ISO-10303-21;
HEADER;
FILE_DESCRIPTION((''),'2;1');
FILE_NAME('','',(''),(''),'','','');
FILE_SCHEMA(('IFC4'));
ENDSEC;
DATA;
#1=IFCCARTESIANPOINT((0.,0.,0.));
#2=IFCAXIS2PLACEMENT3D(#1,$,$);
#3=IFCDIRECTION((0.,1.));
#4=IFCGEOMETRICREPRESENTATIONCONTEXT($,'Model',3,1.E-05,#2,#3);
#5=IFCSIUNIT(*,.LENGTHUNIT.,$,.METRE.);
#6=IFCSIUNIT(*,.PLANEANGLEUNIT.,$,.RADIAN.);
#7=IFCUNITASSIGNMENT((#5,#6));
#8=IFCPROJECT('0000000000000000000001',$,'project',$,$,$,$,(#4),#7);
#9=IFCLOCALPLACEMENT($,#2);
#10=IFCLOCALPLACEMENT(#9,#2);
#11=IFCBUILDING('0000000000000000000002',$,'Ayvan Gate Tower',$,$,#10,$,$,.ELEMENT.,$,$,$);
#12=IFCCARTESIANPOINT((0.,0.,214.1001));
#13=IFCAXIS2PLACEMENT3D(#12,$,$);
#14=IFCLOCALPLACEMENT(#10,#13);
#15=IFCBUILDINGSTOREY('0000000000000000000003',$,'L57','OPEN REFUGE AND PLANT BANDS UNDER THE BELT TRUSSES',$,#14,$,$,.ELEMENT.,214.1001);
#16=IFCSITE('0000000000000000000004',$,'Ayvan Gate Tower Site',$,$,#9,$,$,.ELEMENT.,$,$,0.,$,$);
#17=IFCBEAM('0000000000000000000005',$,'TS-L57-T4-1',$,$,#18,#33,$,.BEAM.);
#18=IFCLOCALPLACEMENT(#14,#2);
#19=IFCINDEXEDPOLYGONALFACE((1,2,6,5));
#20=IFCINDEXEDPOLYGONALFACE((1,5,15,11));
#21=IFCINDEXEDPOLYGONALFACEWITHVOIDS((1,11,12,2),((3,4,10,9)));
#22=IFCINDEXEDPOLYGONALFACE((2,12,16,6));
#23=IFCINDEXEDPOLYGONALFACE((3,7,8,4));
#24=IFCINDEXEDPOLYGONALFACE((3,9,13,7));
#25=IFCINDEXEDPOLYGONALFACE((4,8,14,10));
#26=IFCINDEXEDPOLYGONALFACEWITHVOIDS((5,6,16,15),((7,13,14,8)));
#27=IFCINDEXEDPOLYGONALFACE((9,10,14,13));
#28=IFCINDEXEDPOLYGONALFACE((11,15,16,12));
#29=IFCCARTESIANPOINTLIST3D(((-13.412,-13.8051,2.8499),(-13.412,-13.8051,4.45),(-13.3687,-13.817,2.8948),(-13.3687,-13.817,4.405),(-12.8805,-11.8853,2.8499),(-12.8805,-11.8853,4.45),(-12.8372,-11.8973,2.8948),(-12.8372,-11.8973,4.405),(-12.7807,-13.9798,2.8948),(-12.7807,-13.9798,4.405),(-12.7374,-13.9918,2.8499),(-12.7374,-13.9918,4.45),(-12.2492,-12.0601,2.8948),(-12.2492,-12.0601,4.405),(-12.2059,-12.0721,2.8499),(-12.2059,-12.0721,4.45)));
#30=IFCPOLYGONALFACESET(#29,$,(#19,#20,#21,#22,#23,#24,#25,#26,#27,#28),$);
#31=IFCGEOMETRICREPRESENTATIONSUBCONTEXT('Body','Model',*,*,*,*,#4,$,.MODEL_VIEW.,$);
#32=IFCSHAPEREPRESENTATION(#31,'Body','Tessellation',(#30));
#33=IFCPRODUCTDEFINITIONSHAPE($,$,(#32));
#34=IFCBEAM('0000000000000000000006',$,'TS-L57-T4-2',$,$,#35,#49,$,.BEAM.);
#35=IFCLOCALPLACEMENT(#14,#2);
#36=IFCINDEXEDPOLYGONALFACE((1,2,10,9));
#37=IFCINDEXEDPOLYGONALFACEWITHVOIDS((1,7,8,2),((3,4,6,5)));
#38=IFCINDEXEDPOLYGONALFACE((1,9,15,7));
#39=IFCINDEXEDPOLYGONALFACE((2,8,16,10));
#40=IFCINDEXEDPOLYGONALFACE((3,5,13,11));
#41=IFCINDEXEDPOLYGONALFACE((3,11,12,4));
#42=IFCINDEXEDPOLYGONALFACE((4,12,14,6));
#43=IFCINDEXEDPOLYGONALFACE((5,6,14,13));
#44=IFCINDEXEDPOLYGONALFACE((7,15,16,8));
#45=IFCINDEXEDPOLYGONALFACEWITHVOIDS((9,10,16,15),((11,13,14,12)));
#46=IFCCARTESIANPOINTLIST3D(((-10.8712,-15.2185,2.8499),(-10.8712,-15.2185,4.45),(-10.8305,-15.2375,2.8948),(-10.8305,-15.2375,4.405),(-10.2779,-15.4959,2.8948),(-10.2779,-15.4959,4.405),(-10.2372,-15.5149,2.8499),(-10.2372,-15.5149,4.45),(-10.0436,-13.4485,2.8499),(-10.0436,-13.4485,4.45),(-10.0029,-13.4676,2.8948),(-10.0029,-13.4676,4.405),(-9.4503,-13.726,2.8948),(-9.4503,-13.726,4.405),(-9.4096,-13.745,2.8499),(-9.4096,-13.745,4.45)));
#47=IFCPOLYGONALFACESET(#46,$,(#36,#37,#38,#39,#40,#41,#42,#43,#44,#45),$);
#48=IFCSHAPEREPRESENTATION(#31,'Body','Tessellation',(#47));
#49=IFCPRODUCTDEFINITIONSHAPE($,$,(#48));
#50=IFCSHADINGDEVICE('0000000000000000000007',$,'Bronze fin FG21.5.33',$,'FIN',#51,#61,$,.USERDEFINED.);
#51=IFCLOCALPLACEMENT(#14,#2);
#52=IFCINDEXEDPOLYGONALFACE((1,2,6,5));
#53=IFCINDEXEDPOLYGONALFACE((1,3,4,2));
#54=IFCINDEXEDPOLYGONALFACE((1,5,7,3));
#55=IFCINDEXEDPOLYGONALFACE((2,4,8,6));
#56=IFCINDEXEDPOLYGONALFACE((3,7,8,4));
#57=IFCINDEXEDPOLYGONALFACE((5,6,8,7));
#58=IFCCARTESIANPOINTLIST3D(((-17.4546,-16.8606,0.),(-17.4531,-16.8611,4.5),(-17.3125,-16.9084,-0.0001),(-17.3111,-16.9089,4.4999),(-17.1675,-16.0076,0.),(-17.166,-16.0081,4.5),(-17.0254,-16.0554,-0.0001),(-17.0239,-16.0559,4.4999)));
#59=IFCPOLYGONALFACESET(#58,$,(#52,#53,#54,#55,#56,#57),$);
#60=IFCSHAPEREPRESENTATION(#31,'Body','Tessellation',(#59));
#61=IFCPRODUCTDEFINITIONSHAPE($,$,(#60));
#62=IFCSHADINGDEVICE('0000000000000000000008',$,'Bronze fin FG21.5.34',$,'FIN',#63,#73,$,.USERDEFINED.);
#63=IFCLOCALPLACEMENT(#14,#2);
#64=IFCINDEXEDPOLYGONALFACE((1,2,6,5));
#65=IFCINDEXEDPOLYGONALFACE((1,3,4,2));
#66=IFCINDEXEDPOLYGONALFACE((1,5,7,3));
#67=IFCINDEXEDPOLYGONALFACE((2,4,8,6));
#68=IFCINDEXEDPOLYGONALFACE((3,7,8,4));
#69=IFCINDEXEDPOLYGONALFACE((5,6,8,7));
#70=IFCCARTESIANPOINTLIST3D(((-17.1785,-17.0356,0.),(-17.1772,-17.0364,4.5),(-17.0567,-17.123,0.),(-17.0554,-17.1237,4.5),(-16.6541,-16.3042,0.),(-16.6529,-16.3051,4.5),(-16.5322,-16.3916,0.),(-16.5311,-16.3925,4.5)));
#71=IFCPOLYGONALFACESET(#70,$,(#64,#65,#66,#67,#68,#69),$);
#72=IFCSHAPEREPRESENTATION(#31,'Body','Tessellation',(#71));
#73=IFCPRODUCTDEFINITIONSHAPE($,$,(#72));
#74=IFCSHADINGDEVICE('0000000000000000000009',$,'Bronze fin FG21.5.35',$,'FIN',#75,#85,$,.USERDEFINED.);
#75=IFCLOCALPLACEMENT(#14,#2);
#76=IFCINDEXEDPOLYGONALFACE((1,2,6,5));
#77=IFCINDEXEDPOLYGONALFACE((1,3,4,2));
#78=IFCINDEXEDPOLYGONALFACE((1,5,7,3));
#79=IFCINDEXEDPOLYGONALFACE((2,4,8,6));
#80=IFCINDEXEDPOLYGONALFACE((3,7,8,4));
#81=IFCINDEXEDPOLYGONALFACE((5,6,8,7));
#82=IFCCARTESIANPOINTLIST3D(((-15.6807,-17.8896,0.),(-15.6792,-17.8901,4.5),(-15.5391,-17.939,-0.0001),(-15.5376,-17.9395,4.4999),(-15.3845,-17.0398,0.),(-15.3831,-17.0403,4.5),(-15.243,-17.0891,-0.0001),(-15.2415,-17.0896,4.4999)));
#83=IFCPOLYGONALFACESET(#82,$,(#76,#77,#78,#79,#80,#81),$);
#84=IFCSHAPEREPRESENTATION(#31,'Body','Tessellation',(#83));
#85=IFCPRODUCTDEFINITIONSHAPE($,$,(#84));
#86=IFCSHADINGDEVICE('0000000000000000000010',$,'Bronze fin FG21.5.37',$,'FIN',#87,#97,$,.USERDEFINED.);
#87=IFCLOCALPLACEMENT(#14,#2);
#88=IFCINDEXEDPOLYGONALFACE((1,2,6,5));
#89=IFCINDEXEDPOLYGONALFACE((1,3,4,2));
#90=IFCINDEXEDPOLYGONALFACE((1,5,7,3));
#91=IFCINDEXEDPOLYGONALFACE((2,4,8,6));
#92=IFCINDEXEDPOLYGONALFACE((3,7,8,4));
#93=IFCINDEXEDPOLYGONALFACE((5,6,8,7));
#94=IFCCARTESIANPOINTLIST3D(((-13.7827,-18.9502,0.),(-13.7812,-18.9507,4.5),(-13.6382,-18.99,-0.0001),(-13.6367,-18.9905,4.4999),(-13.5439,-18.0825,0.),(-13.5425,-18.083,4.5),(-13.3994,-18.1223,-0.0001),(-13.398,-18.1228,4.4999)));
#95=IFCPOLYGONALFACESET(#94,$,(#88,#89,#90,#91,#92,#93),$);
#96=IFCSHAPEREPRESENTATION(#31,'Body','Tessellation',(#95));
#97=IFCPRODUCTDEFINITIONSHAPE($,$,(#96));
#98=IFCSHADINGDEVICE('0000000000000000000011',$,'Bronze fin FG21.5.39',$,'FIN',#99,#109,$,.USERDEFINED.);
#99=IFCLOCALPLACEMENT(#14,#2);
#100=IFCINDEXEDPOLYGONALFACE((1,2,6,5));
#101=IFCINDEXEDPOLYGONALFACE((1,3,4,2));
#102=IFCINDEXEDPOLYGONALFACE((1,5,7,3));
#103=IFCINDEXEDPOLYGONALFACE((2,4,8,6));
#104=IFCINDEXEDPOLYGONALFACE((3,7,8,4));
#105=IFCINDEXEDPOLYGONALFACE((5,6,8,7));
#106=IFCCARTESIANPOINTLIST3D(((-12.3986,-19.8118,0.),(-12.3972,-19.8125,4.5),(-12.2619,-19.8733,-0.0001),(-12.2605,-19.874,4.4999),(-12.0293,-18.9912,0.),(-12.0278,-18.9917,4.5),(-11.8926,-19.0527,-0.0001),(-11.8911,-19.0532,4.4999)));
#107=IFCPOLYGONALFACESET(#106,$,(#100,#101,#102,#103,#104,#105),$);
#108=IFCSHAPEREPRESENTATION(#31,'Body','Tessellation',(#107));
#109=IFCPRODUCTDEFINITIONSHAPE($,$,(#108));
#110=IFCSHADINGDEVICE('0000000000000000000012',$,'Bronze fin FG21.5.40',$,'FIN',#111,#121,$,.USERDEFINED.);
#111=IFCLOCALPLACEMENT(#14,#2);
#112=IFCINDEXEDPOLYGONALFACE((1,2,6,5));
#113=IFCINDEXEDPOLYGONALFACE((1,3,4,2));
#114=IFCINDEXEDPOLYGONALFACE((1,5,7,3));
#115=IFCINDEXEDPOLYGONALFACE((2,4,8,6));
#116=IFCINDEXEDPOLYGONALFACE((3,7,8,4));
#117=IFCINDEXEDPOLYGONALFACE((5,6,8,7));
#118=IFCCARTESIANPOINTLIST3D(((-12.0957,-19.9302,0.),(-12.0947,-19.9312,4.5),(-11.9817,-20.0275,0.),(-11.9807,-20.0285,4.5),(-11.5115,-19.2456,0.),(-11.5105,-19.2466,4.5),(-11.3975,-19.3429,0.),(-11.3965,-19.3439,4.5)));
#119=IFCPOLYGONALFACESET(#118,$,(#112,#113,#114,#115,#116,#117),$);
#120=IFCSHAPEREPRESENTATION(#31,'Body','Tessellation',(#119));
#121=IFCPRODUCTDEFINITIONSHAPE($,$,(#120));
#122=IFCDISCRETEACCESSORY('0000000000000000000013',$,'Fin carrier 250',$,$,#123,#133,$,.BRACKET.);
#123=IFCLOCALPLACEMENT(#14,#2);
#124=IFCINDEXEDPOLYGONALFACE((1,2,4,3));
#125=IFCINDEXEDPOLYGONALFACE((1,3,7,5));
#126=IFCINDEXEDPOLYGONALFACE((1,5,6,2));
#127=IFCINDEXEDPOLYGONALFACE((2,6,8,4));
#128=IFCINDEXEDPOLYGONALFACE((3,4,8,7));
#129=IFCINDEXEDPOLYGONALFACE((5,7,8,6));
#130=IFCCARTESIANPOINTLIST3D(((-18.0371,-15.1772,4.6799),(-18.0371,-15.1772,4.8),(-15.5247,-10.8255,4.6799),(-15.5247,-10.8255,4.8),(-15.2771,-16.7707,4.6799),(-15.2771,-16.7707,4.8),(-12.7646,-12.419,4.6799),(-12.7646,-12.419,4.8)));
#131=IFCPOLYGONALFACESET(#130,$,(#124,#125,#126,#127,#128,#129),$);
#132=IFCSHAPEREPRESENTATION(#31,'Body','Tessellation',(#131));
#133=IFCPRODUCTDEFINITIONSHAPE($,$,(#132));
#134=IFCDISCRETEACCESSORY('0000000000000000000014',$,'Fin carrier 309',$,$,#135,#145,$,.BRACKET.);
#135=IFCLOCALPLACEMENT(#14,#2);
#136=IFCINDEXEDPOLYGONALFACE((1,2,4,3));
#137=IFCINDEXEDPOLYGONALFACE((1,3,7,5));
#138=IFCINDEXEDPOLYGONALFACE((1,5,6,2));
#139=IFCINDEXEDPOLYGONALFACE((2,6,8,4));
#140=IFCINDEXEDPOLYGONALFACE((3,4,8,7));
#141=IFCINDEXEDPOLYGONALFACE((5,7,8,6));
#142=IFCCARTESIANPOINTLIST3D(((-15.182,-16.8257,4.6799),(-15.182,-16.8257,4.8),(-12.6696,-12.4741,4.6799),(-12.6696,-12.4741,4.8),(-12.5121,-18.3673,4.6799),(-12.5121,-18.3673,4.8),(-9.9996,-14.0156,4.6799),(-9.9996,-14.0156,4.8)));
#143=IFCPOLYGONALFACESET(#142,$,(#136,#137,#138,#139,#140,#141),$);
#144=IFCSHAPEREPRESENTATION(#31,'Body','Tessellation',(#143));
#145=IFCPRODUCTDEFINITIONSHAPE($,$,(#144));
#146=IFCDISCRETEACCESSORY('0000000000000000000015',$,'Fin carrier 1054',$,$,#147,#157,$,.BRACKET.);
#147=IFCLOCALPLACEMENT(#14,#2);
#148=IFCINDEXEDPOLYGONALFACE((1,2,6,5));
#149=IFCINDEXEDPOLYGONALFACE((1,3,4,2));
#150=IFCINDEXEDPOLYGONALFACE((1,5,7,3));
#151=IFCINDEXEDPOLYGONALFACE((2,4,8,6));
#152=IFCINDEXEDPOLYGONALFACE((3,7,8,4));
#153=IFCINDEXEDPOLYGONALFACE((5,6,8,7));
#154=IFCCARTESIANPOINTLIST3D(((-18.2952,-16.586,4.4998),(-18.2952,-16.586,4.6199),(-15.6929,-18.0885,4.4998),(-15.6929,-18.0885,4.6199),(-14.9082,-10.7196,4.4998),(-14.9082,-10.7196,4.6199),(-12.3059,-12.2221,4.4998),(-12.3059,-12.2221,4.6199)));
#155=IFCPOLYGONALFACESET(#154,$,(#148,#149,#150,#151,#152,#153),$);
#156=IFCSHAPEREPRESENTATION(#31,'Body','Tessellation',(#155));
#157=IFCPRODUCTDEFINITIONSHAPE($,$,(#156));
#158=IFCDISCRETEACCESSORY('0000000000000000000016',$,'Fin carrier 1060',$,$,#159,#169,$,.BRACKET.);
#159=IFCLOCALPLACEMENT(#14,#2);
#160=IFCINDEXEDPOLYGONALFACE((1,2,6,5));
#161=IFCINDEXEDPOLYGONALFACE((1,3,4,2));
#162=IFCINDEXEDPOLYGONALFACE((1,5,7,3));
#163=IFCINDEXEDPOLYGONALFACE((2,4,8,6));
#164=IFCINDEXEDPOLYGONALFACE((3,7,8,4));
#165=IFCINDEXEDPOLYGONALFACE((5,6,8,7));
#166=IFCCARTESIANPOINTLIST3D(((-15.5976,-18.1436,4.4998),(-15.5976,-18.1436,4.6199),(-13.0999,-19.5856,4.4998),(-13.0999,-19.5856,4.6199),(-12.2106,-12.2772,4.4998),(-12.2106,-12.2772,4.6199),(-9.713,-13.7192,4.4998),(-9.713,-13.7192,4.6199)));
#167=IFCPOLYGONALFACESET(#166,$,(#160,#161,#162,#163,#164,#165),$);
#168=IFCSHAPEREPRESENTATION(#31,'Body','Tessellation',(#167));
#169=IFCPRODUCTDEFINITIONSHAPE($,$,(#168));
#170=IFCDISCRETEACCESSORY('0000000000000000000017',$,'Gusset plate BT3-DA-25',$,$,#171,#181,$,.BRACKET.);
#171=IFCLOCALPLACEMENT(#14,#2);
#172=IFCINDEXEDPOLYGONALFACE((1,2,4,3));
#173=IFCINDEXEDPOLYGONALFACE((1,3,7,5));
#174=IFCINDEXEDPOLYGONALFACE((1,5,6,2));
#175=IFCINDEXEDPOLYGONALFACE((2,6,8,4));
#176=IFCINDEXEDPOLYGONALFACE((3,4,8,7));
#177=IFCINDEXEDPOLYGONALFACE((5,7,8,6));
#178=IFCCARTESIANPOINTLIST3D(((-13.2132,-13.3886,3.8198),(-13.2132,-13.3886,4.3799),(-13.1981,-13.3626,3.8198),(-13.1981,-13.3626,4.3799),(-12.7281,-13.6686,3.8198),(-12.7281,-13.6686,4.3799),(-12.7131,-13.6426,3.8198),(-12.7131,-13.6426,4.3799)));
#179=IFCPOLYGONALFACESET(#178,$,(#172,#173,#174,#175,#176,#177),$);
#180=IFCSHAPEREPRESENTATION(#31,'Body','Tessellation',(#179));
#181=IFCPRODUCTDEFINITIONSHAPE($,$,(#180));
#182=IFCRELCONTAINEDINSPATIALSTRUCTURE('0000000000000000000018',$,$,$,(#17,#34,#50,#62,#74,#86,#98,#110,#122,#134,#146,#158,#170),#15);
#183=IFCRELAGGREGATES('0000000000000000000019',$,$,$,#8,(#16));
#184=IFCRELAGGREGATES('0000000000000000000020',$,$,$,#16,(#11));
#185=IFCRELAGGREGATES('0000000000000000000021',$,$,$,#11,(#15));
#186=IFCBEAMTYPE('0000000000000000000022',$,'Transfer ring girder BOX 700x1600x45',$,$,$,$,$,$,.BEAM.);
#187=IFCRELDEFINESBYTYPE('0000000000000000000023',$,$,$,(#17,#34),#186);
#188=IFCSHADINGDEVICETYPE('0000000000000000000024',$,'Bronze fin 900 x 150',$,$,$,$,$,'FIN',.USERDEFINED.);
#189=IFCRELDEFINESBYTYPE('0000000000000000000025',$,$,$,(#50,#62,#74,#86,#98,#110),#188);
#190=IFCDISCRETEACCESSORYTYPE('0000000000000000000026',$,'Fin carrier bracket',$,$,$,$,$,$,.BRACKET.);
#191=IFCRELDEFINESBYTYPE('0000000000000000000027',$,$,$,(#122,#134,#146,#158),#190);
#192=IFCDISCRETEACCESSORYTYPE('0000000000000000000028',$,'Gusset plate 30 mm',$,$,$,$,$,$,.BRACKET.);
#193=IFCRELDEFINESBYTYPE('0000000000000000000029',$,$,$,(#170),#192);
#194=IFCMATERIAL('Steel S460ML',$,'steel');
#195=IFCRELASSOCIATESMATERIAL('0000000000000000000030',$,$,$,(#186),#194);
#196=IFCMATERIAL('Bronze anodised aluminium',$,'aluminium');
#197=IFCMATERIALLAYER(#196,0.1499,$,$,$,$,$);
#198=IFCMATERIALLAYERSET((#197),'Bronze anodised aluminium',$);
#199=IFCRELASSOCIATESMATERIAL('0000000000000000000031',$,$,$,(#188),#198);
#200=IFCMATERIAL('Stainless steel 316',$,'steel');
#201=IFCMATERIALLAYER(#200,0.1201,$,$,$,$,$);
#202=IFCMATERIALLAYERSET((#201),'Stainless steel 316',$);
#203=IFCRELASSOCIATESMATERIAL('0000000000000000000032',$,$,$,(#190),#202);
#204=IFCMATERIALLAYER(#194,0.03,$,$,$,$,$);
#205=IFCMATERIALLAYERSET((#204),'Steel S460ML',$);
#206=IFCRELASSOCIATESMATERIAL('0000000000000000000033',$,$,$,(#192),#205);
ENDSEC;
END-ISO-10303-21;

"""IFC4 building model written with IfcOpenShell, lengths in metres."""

from ifc_helpers import new_model, si_unit, direction, frame, origin, origin_2d, place, context, subcontext, project, spatial, polyline, rectangle, hollow_rectangle, outline, extrude, material, layer, layer_set, material_profile, profile_set, type_object, element, save


model = new_model("IFC4")

# Units and contexts
model_context = context("Model", 3, precision=1e-05, world=origin(), true_north=direction((0.0, 1.0)))
body_context = subcontext(model_context, "Body", "Model", "MODEL_VIEW")
ifc_project = project(units=[si_unit("LENGTHUNIT", "METRE"), si_unit("PLANEANGLEUNIT", "RADIAN")], contexts=[model_context])

# Site, building, storey
site_placement = place(None, origin())
site = spatial("IfcSite", under=ifc_project, at=site_placement, Name="Ayvan Gate Tower Site", CompositionType="ELEMENT", RefElevation=0.0)
building_placement = place(site_placement, origin())
building = spatial("IfcBuilding", under=site, at=building_placement, Name="Ayvan Gate Tower", CompositionType="ELEMENT")
storey_placement = place(building_placement, frame((0.0, 0.0, 214.1001)))
storey = spatial("IfcBuildingStorey", under=building, at=storey_placement, Name="L57", Description="OPEN REFUGE AND PLANT BANDS UNDER THE BELT TRUSSES", CompositionType="ELEMENT", Elevation=214.1001)

# Shared definitions
ifc_material_1 = material(Name="Steel S460ML", Category="steel")

# Beams
ifc_material_profile_1 = material_profile(ifc_material_1, hollow_rectangle(XDim=0.7, YDim=1.6001, WallThickness=0.0449, at=origin_2d()), Name="BOX 700x1600x45")
ifc_profile_set_1 = profile_set([ifc_material_profile_1], Name="Steel S460ML")
beam_type_1 = type_object("IfcBeamType", Name="Transfer ring girder BOX 700x1600x45", PredefinedType="BEAM", material=ifc_profile_set_1)
beam_1_placement = place(storey_placement, frame((-13.0747, -13.8984, 3.6499), z_axis=(0.266828, 0.963744, 0.0), x_axis=(-0.963744, 0.266828, 0.0)))
element("IfcBeam", 1, at=beam_1_placement, inside=storey, type_object=beam_type_1, Name="TS-L57-T4-1", PredefinedType="BEAM", context=body_context, shape_type="SweptSolid", body=[
    extrude(hollow_rectangle(XDim=0.7, YDim=1.6001, WallThickness=0.0449, at=origin_2d()), origin(), (0.0, 0.0, 1.0), 1.9919),
])
beam_2_placement = place(storey_placement, frame((-10.5542, -15.3667, 3.6499), z_axis=(0.423569, 0.905864, 0.0), x_axis=(-0.905864, 0.423569, 0.0)))
element("IfcBeam", 2, at=beam_2_placement, inside=storey, type_object=beam_type_1, Name="TS-L57-T4-2", PredefinedType="BEAM", context=body_context, shape_type="SweptSolid", body=[
    extrude(hollow_rectangle(XDim=0.7, YDim=1.6001, WallThickness=0.0449, at=origin_2d()), origin(), (0.0, 0.0, 1.0), 1.9539),
])

# Shading devices
ifc_material_2 = material(Name="Bronze anodised aluminium", Category="aluminium")
ifc_layer_1 = layer(ifc_material_2, 0.1499)
ifc_layer_set_1 = layer_set([ifc_layer_1], Name="Bronze anodised aluminium")
shading_device_type = type_object("IfcShadingDeviceType", Name="Bronze fin 900 x 150", ElementType="FIN", PredefinedType="USERDEFINED", material=ifc_layer_set_1)
shading_device_1_placement = place(storey_placement, frame((-17.1675, -16.0076, 0.0), z_axis=(-0.947757, 0.318993, 0.000343), x_axis=(-0.318993, -0.947757, 0.0)))
element("IfcShadingDevice", 3, at=shading_device_1_placement, inside=storey, type_object=shading_device_type, Name="Bronze fin FG21.5.33", ObjectType="FIN", PredefinedType="USERDEFINED", context=body_context, shape_type="SweptSolid", body=[
    extrude(outline(polyline([(0.0, 0.0), (0.9, 0.0), (0.9, 4.5), (0.0, 4.5), (0.0, 0.0)])), origin(), (0.0, 0.0, -1.0), 0.1499),
])
shading_device_2_placement = place(storey_placement, frame((-16.6541, -16.3042, 0.0), z_axis=(-0.81266, 0.582738, 0.000331), x_axis=(-0.582738, -0.81266, 0.0)))
element("IfcShadingDevice", 4, at=shading_device_2_placement, inside=storey, type_object=shading_device_type, Name="Bronze fin FG21.5.34", ObjectType="FIN", PredefinedType="USERDEFINED", context=body_context, shape_type="SweptSolid", body=[
    extrude(outline(polyline([(0.0, 0.0), (0.9, 0.0), (0.8999, 4.5), (0.0001, 4.5), (0.0, 0.0)])), origin(), (0.0, 0.0, -1.0), 0.1499),
])
shading_device_3_placement = place(storey_placement, frame((-15.3845, -17.0398, 0.0), z_axis=(-0.94431, 0.329057, 0.000343), x_axis=(-0.329057, -0.94431, 0.0)))
element("IfcShadingDevice", 5, at=shading_device_3_placement, inside=storey, type_object=shading_device_type, Name="Bronze fin FG21.5.35", ObjectType="FIN", PredefinedType="USERDEFINED", context=body_context, shape_type="SweptSolid", body=[
    extrude(outline(polyline([(0.0, 0.0), (0.9, 0.0), (0.9, 4.5), (0.0, 4.5), (0.0, 0.0)])), origin(), (0.0, 0.0, -1.0), 0.1499),
])
shading_device_4_placement = place(storey_placement, frame((-13.5439, -18.0825, 0.0), z_axis=(-0.96416, 0.26532, 0.000343), x_axis=(-0.26532, -0.96416, 0.0)))
element("IfcShadingDevice", 6, at=shading_device_4_placement, inside=storey, type_object=shading_device_type, Name="Bronze fin FG21.5.37", ObjectType="FIN", PredefinedType="USERDEFINED", context=body_context, shape_type="SweptSolid", body=[
    extrude(outline(polyline([(0.0, 0.0), (0.8999, 0.0), (0.9, 4.5), (0.0001, 4.5), (0.0, 0.0)])), origin(), (0.0, 0.0, -1.0), 0.1499),
])
shading_device_5_placement = place(storey_placement, frame((-12.0293, -18.9912, 0.0), z_axis=(-0.911888, 0.410438, 0.000353), x_axis=(-0.410438, -0.911889, 0.0)))
element("IfcShadingDevice", 7, at=shading_device_5_placement, inside=storey, type_object=shading_device_type, Name="Bronze fin FG21.5.39", ObjectType="FIN", PredefinedType="USERDEFINED", context=body_context, shape_type="SweptSolid", body=[
    extrude(outline(polyline([(0.0, 0.0), (0.8999, 0.0), (0.8999, 4.5), (-0.0002, 4.5), (0.0, 0.0)])), origin(), (0.0, 0.0, -1.0), 0.1499),
])
shading_device_6_placement = place(storey_placement, frame((-11.5115, -19.2456, 0.0), z_axis=(-0.760653, 0.649159, 0.000306), x_axis=(-0.649159, -0.760653, 0.0)))
element("IfcShadingDevice", 8, at=shading_device_6_placement, inside=storey, type_object=shading_device_type, Name="Bronze fin FG21.5.40", ObjectType="FIN", PredefinedType="USERDEFINED", context=body_context, shape_type="SweptSolid", body=[
    extrude(outline(polyline([(0.0, 0.0), (0.9, 0.0), (0.9001, 4.5), (0.0001, 4.5), (0.0, 0.0)])), origin(), (0.0, 0.0, -1.0), 0.1499),
])

# Discrete accessories
ifc_material_3 = material(Name="Stainless steel 316", Category="steel")
ifc_layer_2 = layer(ifc_material_3, 0.1201)
ifc_layer_set_2 = layer_set([ifc_layer_2], Name="Stainless steel 316")
discrete_accessory_type_1 = type_object("IfcDiscreteAccessoryType", Name="Fin carrier bracket", PredefinedType="BRACKET", material=ifc_layer_set_2)
discrete_accessory_1_placement = place(storey_placement, frame((-15.4009, -13.7981, 4.6799), z_axis=(0.0, 0.0, 1.0), x_axis=(0.866025, -0.5, 0.0)))
element("IfcDiscreteAccessory", 9, at=discrete_accessory_1_placement, inside=storey, type_object=discrete_accessory_type_1, Name="Fin carrier 250", PredefinedType="BRACKET", context=body_context, shape_type="SweptSolid", body=[
    extrude(rectangle(XDim=3.187, YDim=5.0249, at=origin_2d()), origin(), (0.0, 0.0, 1.0), 0.1201),
])
discrete_accessory_2_placement = place(storey_placement, frame((-12.5908, -15.4207, 4.6799), z_axis=(0.0, 0.0, 1.0), x_axis=(0.866025, -0.5, 0.0)))
element("IfcDiscreteAccessory", 10, at=discrete_accessory_2_placement, inside=storey, type_object=discrete_accessory_type_1, Name="Fin carrier 309", PredefinedType="BRACKET", context=body_context, shape_type="SweptSolid", body=[
    extrude(rectangle(XDim=3.083, YDim=5.0249, at=origin_2d()), origin(), (0.0, 0.0, 1.0), 0.1201),
])
discrete_accessory_3_placement = place(storey_placement, frame((-15.3005, -14.4041, 4.4998), z_axis=(0.0, 0.0, 1.0), x_axis=(0.866025, -0.5, 0.0)))
element("IfcDiscreteAccessory", 11, at=discrete_accessory_3_placement, inside=storey, type_object=discrete_accessory_type_1, Name="Fin carrier 1054", PredefinedType="BRACKET", context=body_context, shape_type="SweptSolid", body=[
    extrude(rectangle(XDim=3.0049, YDim=6.7739, at=origin_2d()), origin(), (0.0, 0.0, 1.0), 0.1201),
])
discrete_accessory_4_placement = place(storey_placement, frame((-12.6553, -15.9314, 4.4998), z_axis=(0.0, 0.0, 1.0), x_axis=(0.866025, -0.5, 0.0)))
element("IfcDiscreteAccessory", 12, at=discrete_accessory_4_placement, inside=storey, type_object=discrete_accessory_type_1, Name="Fin carrier 1060", PredefinedType="BRACKET", context=body_context, shape_type="SweptSolid", body=[
    extrude(rectangle(XDim=2.884, YDim=6.7739, at=origin_2d()), origin(), (0.0, 0.0, 1.0), 0.1201),
])
ifc_layer_3 = layer(ifc_material_1, 0.03)
ifc_layer_set_3 = layer_set([ifc_layer_3], Name="Steel S460ML")
discrete_accessory_type_2 = type_object("IfcDiscreteAccessoryType", Name="Gusset plate 30 mm", PredefinedType="BRACKET", material=ifc_layer_set_3)
for number, where, z_axis, x_axis, name in (
    (13, (-12.9631, -13.5156, 3.8198), (0.0, 0.0, 1.0), (-0.866025, 0.5, 0.0), "Gusset plate BT3-DA-25"),
):
    element("IfcDiscreteAccessory", number, at=place(storey_placement, frame(where, z_axis=z_axis, x_axis=x_axis)), inside=storey, type_object=discrete_accessory_type_2, Name=name, PredefinedType="BRACKET", context=body_context, shape_type="SweptSolid", body=[
        extrude(rectangle(XDim=0.5601, YDim=0.03, at=origin_2d()), origin(), (0.0, 0.0, 1.0), 0.5601),
    ])

save(model, "model.ifc")
